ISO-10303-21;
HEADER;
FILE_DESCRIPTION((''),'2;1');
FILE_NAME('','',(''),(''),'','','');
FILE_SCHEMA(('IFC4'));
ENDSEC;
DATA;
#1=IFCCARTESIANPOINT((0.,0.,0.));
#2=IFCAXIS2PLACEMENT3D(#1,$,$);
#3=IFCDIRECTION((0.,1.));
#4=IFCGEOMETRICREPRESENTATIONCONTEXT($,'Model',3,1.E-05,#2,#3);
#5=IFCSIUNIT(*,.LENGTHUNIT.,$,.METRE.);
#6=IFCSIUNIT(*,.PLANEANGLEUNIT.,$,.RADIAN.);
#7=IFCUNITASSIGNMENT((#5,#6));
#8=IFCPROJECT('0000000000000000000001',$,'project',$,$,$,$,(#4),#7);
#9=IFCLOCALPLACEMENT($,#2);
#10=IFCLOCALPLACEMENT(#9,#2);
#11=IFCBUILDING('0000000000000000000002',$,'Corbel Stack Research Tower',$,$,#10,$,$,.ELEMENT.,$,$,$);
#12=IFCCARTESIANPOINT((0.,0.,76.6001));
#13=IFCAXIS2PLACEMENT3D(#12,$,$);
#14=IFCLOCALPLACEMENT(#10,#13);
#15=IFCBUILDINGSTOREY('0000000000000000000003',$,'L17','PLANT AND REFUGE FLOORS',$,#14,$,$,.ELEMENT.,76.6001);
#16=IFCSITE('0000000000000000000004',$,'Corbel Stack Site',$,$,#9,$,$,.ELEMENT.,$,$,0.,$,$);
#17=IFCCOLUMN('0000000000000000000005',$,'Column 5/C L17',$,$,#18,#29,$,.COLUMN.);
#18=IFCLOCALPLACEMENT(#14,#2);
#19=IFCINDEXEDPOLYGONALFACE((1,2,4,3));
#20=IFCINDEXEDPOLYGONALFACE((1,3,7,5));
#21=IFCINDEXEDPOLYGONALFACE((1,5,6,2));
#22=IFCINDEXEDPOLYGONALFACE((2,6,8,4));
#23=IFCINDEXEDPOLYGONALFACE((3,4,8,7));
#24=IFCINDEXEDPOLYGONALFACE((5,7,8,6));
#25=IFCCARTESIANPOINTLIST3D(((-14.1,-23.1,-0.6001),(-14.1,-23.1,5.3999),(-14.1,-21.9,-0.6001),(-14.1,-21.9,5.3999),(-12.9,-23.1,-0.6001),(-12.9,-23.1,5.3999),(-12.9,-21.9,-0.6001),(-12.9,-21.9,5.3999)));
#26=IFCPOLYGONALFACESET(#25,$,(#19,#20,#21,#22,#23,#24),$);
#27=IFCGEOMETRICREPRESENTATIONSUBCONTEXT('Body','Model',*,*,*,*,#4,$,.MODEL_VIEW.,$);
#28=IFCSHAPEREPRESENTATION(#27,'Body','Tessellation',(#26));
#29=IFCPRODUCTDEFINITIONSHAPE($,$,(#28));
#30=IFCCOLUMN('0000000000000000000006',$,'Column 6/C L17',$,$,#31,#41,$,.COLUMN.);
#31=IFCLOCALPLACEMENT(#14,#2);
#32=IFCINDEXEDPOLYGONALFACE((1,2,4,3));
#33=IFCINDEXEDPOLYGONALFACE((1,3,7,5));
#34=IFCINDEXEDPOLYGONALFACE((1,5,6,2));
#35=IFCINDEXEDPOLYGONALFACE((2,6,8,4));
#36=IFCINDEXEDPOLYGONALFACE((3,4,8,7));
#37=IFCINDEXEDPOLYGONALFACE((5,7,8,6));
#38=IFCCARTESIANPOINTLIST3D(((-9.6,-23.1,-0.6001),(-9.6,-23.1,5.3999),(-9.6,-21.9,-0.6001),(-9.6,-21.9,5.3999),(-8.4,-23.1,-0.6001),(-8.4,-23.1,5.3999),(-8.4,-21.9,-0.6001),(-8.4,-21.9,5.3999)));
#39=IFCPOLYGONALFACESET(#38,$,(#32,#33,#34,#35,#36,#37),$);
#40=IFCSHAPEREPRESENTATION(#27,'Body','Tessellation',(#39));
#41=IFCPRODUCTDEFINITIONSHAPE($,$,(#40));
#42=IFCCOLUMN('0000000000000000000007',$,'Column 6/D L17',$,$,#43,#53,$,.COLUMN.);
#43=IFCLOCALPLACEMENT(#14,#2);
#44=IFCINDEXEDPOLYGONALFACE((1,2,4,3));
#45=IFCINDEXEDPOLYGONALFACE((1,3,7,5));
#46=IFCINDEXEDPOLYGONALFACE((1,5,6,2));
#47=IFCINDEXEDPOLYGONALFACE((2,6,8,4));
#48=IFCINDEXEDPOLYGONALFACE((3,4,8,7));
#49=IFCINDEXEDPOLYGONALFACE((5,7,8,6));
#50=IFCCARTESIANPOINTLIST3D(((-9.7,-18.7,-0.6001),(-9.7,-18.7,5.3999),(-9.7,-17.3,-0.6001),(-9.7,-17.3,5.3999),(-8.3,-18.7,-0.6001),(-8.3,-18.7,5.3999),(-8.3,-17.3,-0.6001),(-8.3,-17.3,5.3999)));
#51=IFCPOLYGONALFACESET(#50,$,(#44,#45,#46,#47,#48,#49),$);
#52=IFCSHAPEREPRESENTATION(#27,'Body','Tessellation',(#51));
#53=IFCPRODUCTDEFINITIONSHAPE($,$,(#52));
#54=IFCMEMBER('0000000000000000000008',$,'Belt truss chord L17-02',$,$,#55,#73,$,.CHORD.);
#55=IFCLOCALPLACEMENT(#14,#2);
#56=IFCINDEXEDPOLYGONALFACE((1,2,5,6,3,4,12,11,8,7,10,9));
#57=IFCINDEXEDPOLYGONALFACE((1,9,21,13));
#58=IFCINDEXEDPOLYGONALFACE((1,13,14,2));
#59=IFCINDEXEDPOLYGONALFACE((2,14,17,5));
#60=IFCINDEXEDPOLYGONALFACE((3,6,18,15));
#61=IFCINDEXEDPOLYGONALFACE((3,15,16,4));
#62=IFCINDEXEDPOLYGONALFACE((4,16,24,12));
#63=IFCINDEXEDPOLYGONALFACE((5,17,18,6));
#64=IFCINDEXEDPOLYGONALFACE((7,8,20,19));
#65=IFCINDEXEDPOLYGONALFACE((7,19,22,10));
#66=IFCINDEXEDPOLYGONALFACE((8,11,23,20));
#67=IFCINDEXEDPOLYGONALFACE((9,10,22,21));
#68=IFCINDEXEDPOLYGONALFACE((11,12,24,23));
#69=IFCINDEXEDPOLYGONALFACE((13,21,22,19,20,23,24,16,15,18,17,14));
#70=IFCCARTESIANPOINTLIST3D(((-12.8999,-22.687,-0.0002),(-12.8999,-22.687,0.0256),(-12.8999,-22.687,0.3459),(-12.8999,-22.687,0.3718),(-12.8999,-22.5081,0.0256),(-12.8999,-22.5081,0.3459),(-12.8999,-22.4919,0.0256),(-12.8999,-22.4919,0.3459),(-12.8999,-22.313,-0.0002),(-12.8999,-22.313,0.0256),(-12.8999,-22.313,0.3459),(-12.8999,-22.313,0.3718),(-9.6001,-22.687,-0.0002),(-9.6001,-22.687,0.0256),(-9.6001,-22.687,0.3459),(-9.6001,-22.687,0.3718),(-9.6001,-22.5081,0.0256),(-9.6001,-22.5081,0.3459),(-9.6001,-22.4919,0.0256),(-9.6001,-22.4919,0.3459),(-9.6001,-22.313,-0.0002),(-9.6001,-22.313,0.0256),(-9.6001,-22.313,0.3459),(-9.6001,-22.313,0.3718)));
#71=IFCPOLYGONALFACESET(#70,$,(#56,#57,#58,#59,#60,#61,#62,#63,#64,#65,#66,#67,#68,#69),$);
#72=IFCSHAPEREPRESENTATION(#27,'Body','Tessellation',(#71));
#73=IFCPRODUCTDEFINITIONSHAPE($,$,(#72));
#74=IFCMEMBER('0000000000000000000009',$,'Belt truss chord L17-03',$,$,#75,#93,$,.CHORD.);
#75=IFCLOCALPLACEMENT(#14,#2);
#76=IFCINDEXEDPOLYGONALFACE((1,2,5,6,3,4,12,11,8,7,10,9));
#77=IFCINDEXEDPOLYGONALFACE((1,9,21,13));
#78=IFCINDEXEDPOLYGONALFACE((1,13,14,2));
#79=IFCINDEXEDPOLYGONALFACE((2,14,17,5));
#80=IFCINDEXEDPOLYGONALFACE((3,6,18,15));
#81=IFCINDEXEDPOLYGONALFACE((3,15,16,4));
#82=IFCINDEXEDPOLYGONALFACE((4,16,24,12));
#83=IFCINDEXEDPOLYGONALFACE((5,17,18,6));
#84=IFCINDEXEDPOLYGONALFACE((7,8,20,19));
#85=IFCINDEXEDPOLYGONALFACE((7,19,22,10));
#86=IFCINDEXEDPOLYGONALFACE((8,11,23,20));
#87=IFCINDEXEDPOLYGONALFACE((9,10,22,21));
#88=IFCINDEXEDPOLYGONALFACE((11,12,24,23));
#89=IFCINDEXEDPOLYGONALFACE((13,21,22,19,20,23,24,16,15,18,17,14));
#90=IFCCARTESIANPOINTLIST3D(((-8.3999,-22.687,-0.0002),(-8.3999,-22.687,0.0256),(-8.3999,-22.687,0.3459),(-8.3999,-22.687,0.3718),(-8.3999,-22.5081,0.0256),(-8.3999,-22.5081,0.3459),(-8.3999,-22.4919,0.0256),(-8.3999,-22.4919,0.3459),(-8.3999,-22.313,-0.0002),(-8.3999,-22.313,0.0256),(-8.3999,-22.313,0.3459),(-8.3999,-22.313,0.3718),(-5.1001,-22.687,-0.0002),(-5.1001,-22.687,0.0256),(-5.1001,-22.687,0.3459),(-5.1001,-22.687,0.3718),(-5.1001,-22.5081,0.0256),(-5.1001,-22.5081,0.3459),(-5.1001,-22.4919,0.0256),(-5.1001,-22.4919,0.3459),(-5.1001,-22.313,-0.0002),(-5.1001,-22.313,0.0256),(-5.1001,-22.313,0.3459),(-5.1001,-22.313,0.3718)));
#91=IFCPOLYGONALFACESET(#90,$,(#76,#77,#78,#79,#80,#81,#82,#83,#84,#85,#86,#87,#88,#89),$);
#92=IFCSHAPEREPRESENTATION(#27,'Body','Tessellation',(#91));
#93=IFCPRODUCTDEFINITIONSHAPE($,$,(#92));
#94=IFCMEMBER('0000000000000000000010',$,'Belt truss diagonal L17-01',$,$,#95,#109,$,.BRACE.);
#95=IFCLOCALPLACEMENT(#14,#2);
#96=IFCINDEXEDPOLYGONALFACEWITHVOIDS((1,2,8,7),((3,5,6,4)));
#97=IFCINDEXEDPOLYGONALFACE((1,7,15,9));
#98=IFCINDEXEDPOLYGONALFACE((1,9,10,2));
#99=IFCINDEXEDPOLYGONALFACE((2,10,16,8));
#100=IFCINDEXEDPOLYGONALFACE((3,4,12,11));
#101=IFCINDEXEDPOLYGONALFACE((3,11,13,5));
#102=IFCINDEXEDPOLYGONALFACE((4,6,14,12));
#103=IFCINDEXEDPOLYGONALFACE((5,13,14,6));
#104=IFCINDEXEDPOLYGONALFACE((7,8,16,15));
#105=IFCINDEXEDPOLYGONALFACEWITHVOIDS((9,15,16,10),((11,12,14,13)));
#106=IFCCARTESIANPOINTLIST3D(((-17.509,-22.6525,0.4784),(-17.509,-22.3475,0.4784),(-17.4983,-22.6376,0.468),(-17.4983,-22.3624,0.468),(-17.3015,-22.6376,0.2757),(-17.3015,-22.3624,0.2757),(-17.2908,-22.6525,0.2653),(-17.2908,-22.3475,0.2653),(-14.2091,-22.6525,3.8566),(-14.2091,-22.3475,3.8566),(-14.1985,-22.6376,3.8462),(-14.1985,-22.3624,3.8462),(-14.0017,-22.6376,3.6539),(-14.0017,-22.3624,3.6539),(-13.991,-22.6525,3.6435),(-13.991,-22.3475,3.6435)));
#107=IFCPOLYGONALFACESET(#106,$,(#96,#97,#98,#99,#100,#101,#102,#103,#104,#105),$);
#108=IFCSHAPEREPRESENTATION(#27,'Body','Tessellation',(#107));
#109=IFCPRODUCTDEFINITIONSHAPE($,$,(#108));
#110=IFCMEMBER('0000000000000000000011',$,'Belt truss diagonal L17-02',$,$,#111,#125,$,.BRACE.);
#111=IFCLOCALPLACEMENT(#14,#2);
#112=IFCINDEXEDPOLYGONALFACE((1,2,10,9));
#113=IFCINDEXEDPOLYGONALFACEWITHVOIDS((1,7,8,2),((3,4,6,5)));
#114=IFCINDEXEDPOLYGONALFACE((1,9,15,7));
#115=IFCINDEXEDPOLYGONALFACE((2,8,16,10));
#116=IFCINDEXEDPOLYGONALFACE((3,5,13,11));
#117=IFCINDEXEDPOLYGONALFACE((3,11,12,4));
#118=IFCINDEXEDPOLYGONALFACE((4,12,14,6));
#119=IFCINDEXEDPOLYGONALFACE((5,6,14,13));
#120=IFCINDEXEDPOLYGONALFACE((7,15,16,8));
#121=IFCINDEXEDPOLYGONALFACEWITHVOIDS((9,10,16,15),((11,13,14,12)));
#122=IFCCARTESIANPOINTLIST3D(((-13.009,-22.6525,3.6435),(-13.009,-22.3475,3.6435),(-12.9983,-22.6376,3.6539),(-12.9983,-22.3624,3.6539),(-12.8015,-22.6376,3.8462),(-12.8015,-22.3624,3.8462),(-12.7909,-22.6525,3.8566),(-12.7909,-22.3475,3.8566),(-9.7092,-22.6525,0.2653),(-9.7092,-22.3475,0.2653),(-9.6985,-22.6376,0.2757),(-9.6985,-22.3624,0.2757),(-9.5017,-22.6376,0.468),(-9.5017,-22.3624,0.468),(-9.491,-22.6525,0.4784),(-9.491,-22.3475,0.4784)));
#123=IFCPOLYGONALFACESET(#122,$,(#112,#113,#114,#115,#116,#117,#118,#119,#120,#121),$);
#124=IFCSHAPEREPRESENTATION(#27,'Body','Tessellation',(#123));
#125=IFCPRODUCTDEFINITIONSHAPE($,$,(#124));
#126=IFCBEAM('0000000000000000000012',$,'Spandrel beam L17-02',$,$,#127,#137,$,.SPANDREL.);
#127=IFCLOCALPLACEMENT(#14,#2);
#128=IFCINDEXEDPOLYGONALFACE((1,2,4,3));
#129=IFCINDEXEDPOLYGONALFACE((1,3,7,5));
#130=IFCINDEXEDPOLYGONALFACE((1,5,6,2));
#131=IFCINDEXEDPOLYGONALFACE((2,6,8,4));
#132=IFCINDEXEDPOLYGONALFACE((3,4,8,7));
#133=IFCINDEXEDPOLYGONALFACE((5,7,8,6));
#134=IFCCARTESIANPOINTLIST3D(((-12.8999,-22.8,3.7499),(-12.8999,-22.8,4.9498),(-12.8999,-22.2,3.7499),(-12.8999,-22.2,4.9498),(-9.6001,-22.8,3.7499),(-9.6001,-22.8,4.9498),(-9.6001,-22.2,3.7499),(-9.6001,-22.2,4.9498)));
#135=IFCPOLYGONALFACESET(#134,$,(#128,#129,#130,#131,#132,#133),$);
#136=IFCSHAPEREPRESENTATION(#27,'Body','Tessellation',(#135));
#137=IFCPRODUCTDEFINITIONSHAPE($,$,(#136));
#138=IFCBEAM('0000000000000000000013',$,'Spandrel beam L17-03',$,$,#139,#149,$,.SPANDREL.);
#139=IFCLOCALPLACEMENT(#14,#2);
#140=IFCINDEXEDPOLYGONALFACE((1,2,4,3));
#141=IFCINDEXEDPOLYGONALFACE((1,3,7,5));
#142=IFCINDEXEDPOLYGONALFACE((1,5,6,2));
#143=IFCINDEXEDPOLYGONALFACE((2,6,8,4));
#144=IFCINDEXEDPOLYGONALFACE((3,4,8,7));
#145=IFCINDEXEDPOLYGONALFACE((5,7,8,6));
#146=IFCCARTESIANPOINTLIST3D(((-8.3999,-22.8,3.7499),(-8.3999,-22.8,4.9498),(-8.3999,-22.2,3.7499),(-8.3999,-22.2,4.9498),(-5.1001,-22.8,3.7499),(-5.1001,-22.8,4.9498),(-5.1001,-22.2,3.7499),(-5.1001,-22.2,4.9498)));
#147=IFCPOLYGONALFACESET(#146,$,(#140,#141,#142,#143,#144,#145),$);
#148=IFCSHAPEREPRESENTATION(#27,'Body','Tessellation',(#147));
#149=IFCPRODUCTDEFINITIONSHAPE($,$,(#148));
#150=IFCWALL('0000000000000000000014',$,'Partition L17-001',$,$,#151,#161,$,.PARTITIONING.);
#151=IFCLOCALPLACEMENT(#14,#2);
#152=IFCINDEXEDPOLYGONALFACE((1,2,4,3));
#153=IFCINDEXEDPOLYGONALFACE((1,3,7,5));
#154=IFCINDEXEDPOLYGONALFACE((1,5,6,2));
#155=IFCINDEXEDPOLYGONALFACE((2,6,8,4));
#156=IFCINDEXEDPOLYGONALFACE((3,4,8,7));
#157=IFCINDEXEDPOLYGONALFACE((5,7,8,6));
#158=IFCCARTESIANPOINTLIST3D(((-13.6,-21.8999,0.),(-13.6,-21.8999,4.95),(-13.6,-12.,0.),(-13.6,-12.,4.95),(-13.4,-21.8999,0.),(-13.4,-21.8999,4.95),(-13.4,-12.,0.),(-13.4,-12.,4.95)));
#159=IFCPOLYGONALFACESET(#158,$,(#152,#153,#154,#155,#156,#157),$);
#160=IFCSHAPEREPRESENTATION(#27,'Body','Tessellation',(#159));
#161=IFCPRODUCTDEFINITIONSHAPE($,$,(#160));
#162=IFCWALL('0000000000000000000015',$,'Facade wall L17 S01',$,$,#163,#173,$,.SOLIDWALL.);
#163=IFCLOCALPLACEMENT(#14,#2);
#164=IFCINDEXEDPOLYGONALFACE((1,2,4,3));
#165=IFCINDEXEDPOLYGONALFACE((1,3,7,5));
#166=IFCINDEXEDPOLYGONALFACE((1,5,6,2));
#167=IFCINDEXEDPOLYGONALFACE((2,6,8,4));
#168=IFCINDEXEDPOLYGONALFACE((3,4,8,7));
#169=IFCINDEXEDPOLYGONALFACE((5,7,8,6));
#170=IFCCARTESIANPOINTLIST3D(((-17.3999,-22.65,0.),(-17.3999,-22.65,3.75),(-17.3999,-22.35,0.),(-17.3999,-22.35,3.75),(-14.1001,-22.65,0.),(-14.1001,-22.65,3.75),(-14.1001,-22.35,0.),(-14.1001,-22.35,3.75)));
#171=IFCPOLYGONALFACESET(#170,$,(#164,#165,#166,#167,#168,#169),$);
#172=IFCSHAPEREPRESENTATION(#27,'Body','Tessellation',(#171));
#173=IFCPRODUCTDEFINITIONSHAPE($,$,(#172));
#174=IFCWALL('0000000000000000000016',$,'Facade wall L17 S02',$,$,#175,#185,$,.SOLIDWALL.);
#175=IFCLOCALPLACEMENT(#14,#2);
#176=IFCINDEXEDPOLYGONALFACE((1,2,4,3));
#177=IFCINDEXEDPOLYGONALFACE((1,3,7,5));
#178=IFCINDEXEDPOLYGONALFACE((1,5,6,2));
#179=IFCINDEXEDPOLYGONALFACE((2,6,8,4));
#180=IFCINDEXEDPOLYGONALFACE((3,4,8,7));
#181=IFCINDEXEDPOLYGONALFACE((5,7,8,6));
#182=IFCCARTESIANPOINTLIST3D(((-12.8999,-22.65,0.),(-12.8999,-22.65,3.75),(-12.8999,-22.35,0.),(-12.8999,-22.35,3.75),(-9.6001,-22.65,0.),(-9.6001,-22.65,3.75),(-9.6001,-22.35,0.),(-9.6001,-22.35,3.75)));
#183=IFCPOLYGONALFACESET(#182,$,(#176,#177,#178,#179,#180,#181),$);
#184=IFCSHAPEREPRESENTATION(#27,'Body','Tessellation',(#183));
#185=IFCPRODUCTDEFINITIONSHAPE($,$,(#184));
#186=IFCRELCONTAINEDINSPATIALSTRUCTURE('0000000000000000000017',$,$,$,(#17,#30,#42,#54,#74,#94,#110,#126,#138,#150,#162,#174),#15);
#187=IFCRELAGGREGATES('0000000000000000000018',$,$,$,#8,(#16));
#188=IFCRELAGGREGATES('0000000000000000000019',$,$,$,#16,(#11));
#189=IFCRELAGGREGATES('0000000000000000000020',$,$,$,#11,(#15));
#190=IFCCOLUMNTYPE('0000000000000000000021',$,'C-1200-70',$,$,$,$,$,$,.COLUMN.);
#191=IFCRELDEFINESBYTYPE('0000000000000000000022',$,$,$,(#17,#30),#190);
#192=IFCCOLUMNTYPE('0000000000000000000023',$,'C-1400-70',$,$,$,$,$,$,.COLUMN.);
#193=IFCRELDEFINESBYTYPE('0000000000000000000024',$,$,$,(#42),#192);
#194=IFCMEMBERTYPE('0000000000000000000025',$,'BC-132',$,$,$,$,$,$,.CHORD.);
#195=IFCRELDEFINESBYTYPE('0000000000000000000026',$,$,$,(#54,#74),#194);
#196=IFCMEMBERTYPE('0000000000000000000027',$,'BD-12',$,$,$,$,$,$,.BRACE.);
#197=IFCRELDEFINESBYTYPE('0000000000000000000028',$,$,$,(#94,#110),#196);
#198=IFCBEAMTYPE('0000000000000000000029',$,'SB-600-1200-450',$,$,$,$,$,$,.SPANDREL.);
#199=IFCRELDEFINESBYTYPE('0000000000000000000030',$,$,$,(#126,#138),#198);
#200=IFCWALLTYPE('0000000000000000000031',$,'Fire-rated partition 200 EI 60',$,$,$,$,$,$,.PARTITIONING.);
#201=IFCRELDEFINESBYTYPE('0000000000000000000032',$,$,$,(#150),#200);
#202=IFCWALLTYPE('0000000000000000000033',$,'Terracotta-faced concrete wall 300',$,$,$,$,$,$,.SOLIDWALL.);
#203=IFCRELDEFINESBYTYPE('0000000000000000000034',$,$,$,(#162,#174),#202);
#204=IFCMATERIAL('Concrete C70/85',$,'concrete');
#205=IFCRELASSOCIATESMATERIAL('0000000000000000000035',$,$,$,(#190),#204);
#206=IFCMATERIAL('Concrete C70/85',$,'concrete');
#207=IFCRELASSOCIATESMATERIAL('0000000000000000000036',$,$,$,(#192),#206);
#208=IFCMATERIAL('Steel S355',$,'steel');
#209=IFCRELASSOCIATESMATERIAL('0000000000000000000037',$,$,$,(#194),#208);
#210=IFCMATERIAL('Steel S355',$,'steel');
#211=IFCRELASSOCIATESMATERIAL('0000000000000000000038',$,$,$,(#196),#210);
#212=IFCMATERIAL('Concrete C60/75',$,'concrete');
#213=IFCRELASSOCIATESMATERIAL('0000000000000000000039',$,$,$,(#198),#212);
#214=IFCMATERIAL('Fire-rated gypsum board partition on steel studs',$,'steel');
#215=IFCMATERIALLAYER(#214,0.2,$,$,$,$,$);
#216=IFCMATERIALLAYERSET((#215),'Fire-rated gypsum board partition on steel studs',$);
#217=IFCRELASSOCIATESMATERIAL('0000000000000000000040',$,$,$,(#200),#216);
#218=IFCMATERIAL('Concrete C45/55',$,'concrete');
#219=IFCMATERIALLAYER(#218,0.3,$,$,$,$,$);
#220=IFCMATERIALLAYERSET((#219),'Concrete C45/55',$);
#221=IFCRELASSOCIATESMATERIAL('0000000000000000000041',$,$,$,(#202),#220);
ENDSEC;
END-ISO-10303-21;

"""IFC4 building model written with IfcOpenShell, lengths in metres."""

from ifc_helpers import new_model, si_unit, direction, frame, frame_2d, origin, origin_2d, place, context, subcontext, project, spatial, rectangle, hollow_rectangle, i_section, extrude, material, layer, layer_set, material_profile, profile_set, type_object, element, save


model = new_model("IFC4")

# Units and contexts
model_context = context("Model", 3, precision=1e-05, world=origin(), true_north=direction((0.0, 1.0)))
body_context = subcontext(model_context, "Body", "Model", "MODEL_VIEW")
ifc_project = project(units=[si_unit("LENGTHUNIT", "METRE"), si_unit("PLANEANGLEUNIT", "RADIAN")], contexts=[model_context])

# Site, building, storey
site_placement = place(None, origin())
site = spatial("IfcSite", under=ifc_project, at=site_placement, Name="Corbel Stack Site", CompositionType="ELEMENT", RefElevation=0.0)
building_placement = place(site_placement, origin())
building = spatial("IfcBuilding", under=site, at=building_placement, Name="Corbel Stack Research Tower", CompositionType="ELEMENT")
storey_placement = place(building_placement, frame((0.0, 0.0, 76.6001)))
storey = spatial("IfcBuildingStorey", under=building, at=storey_placement, Name="L17", Description="PLANT AND REFUGE FLOORS", CompositionType="ELEMENT", Elevation=76.6001)

# Columns
ifc_material_1 = material(Name="Concrete C70/85", Category="concrete")
ifc_material_profile_1 = material_profile(ifc_material_1, rectangle(XDim=1.2, YDim=1.2, at=origin_2d()), Name="RC 1200 x 1200")
ifc_profile_set_1 = profile_set([ifc_material_profile_1], Name="Concrete C70/85")
column_type_1 = type_object("IfcColumnType", Name="C-1200-70", PredefinedType="COLUMN", material=ifc_profile_set_1)
for number, where, z_axis, x_axis, name in (
    (1, (-13.5, -22.5, -0.6001), (0.0, 0.0, 1.0), (1.0, 0.0, 0.0), "Column 5/C L17"),
    (2, (-9.0, -22.5, -0.6001), (0.0, 0.0, 1.0), (1.0, 0.0, 0.0), "Column 6/C L17"),
):
    element("IfcColumn", number, at=place(storey_placement, frame(where, z_axis=z_axis, x_axis=x_axis)), inside=storey, type_object=column_type_1, Name=name, PredefinedType="COLUMN", context=body_context, shape_type="SweptSolid", body=[
        extrude(rectangle(XDim=1.2, YDim=1.2, at=origin_2d()), origin(), (0.0, 0.0, 1.0), 6.0),
    ])
ifc_material_2 = material(Name="Concrete C70/85", Category="concrete")
ifc_material_profile_2 = material_profile(ifc_material_2, rectangle(XDim=1.3999, YDim=1.3999, at=origin_2d()), Name="RC 1400 x 1400")
ifc_profile_set_2 = profile_set([ifc_material_profile_2], Name="Concrete C70/85")
column_type_2 = type_object("IfcColumnType", Name="C-1400-70", PredefinedType="COLUMN", material=ifc_profile_set_2)
column_placement = place(storey_placement, frame((-9.0, -18.0, -0.6001), z_axis=(0.0, 0.0, 1.0), x_axis=(1.0, 0.0, 0.0)))
element("IfcColumn", 3, at=column_placement, inside=storey, type_object=column_type_2, Name="Column 6/D L17", PredefinedType="COLUMN", context=body_context, shape_type="SweptSolid", body=[
    extrude(rectangle(XDim=1.3999, YDim=1.3999, at=origin_2d()), origin(), (0.0, 0.0, 1.0), 6.0),
])

# Members
ifc_material_3 = material(Name="Steel S355", Category="steel")
ifc_material_profile_3 = material_profile(ifc_material_3, i_section(OverallWidth=0.374, OverallDepth=0.3721, WebThickness=0.0161, FlangeThickness=0.0259, at=origin_2d()), Name="W14x132")
ifc_profile_set_3 = profile_set([ifc_material_profile_3], Name="Steel S355")
member_type_1 = type_object("IfcMemberType", Name="BC-132", PredefinedType="CHORD", material=ifc_profile_set_3)
for number, where, z_axis, x_axis, name in (
    (4, (-12.8999, -22.5, 0.1858), (1.0, 0.0, 0.0), (0.0, 1.0, 0.0), "Belt truss chord L17-02"),
    (5, (-8.3999, -22.5, 0.1858), (1.0, 0.0, 0.0), (0.0, 1.0, 0.0), "Belt truss chord L17-03"),
):
    element("IfcMember", number, at=place(storey_placement, frame(where, z_axis=z_axis, x_axis=x_axis)), inside=storey, type_object=member_type_1, Name=name, PredefinedType="CHORD", context=body_context, shape_type="SweptSolid", body=[
        extrude(i_section(OverallWidth=0.374, OverallDepth=0.3721, WebThickness=0.0161, FlangeThickness=0.0259, at=origin_2d()), origin(), (0.0, 0.0, 1.0), 3.2998),
    ])
ifc_material_4 = material(Name="Steel S355", Category="steel")
ifc_material_profile_4 = material_profile(ifc_material_4, hollow_rectangle(XDim=0.3049, YDim=0.3049, WallThickness=0.0149, at=origin_2d()), Name="HSS12x12x5/8")
ifc_profile_set_4 = profile_set([ifc_material_profile_4], Name="Steel S355")
member_type_2 = type_object("IfcMemberType", Name="BD-12", PredefinedType="BRACE", material=ifc_profile_set_4)
for number, where, z_axis, x_axis, name in (
    (6, (-17.3999, -22.5, 0.3718), (0.69876, 0.0, 0.715356), (0.0, 1.0, 0.0), "Belt truss diagonal L17-01"),
    (7, (-9.6001, -22.5, 0.3718), (-0.69876, 0.0, 0.715356), (0.0, -1.0, 0.0), "Belt truss diagonal L17-02"),
):
    element("IfcMember", number, at=place(storey_placement, frame(where, z_axis=z_axis, x_axis=x_axis)), inside=storey, type_object=member_type_2, Name=name, PredefinedType="BRACE", context=body_context, shape_type="SweptSolid", body=[
        extrude(hollow_rectangle(XDim=0.3049, YDim=0.3049, WallThickness=0.0149, at=origin_2d()), origin(), (0.0, 0.0, 1.0), 4.7224),
    ])

# Beams
ifc_material_5 = material(Name="Concrete C60/75", Category="concrete")
ifc_material_profile_5 = material_profile(ifc_material_5, rectangle(XDim=0.6001, YDim=1.2, at=origin_2d()), Name="RC 600 x 1200")
ifc_profile_set_5 = profile_set([ifc_material_profile_5], Name="Concrete C60/75")
beam_type = type_object("IfcBeamType", Name="SB-600-1200-450", PredefinedType="SPANDREL", material=ifc_profile_set_5)
for number, where, z_axis, x_axis, name in (
    (8, (-12.8999, -22.5, 4.3499), (1.0, 0.0, 0.0), (0.0, 1.0, 0.0), "Spandrel beam L17-02"),
    (9, (-8.3999, -22.5, 4.3499), (1.0, 0.0, 0.0), (0.0, 1.0, 0.0), "Spandrel beam L17-03"),
):
    element("IfcBeam", number, at=place(storey_placement, frame(where, z_axis=z_axis, x_axis=x_axis)), inside=storey, type_object=beam_type, Name=name, PredefinedType="SPANDREL", context=body_context, shape_type="SweptSolid", body=[
        extrude(rectangle(XDim=0.6001, YDim=1.2, at=origin_2d()), origin(), (0.0, 0.0, 1.0), 3.2998),
    ])

# Walls
ifc_material_6 = material(Name="Fire-rated gypsum board partition on steel studs", Category="steel")
ifc_layer_1 = layer(ifc_material_6, 0.2)
ifc_layer_set_1 = layer_set([ifc_layer_1], Name="Fire-rated gypsum board partition on steel studs")
wall_type_1 = type_object("IfcWallType", Name="Fire-rated partition 200 EI 60", PredefinedType="PARTITIONING", material=ifc_layer_set_1)
wall_placement = place(storey_placement, frame((-13.5, -21.8999, 0.0), z_axis=(0.0, 0.0, 1.0), x_axis=(0.0, 1.0, 0.0)))
element("IfcWall", 10, at=wall_placement, inside=storey, type_object=wall_type_1, Name="Partition L17-001", PredefinedType="PARTITIONING", context=body_context, shape_type="SweptSolid", body=[
    extrude(rectangle(XDim=9.8999, YDim=0.2, at=frame_2d((4.95, 0.0))), origin(), (0.0, 0.0, 1.0), 4.95),
])
ifc_material_7 = material(Name="Concrete C45/55", Category="concrete")
ifc_layer_2 = layer(ifc_material_7, 0.3)
ifc_layer_set_2 = layer_set([ifc_layer_2], Name="Concrete C45/55")
wall_type_2 = type_object("IfcWallType", Name="Terracotta-faced concrete wall 300", PredefinedType="SOLIDWALL", material=ifc_layer_set_2)
for number, where, z_axis, x_axis, name in (
    (11, (-14.1001, -22.5, 0.0), (0.0, 0.0, 1.0), (-1.0, 0.0, 0.0), "Facade wall L17 S01"),
    (12, (-9.6001, -22.5, 0.0), (0.0, 0.0, 1.0), (-1.0, 0.0, 0.0), "Facade wall L17 S02"),
):
    element("IfcWall", number, at=place(storey_placement, frame(where, z_axis=z_axis, x_axis=x_axis)), inside=storey, type_object=wall_type_2, Name=name, PredefinedType="SOLIDWALL", context=body_context, shape_type="SweptSolid", body=[
        extrude(rectangle(XDim=3.2998, YDim=0.3, at=frame_2d((1.6499, 0.0))), origin(), (0.0, 0.0, 1.0), 3.75),
    ])

save(model, "model.ifc")
